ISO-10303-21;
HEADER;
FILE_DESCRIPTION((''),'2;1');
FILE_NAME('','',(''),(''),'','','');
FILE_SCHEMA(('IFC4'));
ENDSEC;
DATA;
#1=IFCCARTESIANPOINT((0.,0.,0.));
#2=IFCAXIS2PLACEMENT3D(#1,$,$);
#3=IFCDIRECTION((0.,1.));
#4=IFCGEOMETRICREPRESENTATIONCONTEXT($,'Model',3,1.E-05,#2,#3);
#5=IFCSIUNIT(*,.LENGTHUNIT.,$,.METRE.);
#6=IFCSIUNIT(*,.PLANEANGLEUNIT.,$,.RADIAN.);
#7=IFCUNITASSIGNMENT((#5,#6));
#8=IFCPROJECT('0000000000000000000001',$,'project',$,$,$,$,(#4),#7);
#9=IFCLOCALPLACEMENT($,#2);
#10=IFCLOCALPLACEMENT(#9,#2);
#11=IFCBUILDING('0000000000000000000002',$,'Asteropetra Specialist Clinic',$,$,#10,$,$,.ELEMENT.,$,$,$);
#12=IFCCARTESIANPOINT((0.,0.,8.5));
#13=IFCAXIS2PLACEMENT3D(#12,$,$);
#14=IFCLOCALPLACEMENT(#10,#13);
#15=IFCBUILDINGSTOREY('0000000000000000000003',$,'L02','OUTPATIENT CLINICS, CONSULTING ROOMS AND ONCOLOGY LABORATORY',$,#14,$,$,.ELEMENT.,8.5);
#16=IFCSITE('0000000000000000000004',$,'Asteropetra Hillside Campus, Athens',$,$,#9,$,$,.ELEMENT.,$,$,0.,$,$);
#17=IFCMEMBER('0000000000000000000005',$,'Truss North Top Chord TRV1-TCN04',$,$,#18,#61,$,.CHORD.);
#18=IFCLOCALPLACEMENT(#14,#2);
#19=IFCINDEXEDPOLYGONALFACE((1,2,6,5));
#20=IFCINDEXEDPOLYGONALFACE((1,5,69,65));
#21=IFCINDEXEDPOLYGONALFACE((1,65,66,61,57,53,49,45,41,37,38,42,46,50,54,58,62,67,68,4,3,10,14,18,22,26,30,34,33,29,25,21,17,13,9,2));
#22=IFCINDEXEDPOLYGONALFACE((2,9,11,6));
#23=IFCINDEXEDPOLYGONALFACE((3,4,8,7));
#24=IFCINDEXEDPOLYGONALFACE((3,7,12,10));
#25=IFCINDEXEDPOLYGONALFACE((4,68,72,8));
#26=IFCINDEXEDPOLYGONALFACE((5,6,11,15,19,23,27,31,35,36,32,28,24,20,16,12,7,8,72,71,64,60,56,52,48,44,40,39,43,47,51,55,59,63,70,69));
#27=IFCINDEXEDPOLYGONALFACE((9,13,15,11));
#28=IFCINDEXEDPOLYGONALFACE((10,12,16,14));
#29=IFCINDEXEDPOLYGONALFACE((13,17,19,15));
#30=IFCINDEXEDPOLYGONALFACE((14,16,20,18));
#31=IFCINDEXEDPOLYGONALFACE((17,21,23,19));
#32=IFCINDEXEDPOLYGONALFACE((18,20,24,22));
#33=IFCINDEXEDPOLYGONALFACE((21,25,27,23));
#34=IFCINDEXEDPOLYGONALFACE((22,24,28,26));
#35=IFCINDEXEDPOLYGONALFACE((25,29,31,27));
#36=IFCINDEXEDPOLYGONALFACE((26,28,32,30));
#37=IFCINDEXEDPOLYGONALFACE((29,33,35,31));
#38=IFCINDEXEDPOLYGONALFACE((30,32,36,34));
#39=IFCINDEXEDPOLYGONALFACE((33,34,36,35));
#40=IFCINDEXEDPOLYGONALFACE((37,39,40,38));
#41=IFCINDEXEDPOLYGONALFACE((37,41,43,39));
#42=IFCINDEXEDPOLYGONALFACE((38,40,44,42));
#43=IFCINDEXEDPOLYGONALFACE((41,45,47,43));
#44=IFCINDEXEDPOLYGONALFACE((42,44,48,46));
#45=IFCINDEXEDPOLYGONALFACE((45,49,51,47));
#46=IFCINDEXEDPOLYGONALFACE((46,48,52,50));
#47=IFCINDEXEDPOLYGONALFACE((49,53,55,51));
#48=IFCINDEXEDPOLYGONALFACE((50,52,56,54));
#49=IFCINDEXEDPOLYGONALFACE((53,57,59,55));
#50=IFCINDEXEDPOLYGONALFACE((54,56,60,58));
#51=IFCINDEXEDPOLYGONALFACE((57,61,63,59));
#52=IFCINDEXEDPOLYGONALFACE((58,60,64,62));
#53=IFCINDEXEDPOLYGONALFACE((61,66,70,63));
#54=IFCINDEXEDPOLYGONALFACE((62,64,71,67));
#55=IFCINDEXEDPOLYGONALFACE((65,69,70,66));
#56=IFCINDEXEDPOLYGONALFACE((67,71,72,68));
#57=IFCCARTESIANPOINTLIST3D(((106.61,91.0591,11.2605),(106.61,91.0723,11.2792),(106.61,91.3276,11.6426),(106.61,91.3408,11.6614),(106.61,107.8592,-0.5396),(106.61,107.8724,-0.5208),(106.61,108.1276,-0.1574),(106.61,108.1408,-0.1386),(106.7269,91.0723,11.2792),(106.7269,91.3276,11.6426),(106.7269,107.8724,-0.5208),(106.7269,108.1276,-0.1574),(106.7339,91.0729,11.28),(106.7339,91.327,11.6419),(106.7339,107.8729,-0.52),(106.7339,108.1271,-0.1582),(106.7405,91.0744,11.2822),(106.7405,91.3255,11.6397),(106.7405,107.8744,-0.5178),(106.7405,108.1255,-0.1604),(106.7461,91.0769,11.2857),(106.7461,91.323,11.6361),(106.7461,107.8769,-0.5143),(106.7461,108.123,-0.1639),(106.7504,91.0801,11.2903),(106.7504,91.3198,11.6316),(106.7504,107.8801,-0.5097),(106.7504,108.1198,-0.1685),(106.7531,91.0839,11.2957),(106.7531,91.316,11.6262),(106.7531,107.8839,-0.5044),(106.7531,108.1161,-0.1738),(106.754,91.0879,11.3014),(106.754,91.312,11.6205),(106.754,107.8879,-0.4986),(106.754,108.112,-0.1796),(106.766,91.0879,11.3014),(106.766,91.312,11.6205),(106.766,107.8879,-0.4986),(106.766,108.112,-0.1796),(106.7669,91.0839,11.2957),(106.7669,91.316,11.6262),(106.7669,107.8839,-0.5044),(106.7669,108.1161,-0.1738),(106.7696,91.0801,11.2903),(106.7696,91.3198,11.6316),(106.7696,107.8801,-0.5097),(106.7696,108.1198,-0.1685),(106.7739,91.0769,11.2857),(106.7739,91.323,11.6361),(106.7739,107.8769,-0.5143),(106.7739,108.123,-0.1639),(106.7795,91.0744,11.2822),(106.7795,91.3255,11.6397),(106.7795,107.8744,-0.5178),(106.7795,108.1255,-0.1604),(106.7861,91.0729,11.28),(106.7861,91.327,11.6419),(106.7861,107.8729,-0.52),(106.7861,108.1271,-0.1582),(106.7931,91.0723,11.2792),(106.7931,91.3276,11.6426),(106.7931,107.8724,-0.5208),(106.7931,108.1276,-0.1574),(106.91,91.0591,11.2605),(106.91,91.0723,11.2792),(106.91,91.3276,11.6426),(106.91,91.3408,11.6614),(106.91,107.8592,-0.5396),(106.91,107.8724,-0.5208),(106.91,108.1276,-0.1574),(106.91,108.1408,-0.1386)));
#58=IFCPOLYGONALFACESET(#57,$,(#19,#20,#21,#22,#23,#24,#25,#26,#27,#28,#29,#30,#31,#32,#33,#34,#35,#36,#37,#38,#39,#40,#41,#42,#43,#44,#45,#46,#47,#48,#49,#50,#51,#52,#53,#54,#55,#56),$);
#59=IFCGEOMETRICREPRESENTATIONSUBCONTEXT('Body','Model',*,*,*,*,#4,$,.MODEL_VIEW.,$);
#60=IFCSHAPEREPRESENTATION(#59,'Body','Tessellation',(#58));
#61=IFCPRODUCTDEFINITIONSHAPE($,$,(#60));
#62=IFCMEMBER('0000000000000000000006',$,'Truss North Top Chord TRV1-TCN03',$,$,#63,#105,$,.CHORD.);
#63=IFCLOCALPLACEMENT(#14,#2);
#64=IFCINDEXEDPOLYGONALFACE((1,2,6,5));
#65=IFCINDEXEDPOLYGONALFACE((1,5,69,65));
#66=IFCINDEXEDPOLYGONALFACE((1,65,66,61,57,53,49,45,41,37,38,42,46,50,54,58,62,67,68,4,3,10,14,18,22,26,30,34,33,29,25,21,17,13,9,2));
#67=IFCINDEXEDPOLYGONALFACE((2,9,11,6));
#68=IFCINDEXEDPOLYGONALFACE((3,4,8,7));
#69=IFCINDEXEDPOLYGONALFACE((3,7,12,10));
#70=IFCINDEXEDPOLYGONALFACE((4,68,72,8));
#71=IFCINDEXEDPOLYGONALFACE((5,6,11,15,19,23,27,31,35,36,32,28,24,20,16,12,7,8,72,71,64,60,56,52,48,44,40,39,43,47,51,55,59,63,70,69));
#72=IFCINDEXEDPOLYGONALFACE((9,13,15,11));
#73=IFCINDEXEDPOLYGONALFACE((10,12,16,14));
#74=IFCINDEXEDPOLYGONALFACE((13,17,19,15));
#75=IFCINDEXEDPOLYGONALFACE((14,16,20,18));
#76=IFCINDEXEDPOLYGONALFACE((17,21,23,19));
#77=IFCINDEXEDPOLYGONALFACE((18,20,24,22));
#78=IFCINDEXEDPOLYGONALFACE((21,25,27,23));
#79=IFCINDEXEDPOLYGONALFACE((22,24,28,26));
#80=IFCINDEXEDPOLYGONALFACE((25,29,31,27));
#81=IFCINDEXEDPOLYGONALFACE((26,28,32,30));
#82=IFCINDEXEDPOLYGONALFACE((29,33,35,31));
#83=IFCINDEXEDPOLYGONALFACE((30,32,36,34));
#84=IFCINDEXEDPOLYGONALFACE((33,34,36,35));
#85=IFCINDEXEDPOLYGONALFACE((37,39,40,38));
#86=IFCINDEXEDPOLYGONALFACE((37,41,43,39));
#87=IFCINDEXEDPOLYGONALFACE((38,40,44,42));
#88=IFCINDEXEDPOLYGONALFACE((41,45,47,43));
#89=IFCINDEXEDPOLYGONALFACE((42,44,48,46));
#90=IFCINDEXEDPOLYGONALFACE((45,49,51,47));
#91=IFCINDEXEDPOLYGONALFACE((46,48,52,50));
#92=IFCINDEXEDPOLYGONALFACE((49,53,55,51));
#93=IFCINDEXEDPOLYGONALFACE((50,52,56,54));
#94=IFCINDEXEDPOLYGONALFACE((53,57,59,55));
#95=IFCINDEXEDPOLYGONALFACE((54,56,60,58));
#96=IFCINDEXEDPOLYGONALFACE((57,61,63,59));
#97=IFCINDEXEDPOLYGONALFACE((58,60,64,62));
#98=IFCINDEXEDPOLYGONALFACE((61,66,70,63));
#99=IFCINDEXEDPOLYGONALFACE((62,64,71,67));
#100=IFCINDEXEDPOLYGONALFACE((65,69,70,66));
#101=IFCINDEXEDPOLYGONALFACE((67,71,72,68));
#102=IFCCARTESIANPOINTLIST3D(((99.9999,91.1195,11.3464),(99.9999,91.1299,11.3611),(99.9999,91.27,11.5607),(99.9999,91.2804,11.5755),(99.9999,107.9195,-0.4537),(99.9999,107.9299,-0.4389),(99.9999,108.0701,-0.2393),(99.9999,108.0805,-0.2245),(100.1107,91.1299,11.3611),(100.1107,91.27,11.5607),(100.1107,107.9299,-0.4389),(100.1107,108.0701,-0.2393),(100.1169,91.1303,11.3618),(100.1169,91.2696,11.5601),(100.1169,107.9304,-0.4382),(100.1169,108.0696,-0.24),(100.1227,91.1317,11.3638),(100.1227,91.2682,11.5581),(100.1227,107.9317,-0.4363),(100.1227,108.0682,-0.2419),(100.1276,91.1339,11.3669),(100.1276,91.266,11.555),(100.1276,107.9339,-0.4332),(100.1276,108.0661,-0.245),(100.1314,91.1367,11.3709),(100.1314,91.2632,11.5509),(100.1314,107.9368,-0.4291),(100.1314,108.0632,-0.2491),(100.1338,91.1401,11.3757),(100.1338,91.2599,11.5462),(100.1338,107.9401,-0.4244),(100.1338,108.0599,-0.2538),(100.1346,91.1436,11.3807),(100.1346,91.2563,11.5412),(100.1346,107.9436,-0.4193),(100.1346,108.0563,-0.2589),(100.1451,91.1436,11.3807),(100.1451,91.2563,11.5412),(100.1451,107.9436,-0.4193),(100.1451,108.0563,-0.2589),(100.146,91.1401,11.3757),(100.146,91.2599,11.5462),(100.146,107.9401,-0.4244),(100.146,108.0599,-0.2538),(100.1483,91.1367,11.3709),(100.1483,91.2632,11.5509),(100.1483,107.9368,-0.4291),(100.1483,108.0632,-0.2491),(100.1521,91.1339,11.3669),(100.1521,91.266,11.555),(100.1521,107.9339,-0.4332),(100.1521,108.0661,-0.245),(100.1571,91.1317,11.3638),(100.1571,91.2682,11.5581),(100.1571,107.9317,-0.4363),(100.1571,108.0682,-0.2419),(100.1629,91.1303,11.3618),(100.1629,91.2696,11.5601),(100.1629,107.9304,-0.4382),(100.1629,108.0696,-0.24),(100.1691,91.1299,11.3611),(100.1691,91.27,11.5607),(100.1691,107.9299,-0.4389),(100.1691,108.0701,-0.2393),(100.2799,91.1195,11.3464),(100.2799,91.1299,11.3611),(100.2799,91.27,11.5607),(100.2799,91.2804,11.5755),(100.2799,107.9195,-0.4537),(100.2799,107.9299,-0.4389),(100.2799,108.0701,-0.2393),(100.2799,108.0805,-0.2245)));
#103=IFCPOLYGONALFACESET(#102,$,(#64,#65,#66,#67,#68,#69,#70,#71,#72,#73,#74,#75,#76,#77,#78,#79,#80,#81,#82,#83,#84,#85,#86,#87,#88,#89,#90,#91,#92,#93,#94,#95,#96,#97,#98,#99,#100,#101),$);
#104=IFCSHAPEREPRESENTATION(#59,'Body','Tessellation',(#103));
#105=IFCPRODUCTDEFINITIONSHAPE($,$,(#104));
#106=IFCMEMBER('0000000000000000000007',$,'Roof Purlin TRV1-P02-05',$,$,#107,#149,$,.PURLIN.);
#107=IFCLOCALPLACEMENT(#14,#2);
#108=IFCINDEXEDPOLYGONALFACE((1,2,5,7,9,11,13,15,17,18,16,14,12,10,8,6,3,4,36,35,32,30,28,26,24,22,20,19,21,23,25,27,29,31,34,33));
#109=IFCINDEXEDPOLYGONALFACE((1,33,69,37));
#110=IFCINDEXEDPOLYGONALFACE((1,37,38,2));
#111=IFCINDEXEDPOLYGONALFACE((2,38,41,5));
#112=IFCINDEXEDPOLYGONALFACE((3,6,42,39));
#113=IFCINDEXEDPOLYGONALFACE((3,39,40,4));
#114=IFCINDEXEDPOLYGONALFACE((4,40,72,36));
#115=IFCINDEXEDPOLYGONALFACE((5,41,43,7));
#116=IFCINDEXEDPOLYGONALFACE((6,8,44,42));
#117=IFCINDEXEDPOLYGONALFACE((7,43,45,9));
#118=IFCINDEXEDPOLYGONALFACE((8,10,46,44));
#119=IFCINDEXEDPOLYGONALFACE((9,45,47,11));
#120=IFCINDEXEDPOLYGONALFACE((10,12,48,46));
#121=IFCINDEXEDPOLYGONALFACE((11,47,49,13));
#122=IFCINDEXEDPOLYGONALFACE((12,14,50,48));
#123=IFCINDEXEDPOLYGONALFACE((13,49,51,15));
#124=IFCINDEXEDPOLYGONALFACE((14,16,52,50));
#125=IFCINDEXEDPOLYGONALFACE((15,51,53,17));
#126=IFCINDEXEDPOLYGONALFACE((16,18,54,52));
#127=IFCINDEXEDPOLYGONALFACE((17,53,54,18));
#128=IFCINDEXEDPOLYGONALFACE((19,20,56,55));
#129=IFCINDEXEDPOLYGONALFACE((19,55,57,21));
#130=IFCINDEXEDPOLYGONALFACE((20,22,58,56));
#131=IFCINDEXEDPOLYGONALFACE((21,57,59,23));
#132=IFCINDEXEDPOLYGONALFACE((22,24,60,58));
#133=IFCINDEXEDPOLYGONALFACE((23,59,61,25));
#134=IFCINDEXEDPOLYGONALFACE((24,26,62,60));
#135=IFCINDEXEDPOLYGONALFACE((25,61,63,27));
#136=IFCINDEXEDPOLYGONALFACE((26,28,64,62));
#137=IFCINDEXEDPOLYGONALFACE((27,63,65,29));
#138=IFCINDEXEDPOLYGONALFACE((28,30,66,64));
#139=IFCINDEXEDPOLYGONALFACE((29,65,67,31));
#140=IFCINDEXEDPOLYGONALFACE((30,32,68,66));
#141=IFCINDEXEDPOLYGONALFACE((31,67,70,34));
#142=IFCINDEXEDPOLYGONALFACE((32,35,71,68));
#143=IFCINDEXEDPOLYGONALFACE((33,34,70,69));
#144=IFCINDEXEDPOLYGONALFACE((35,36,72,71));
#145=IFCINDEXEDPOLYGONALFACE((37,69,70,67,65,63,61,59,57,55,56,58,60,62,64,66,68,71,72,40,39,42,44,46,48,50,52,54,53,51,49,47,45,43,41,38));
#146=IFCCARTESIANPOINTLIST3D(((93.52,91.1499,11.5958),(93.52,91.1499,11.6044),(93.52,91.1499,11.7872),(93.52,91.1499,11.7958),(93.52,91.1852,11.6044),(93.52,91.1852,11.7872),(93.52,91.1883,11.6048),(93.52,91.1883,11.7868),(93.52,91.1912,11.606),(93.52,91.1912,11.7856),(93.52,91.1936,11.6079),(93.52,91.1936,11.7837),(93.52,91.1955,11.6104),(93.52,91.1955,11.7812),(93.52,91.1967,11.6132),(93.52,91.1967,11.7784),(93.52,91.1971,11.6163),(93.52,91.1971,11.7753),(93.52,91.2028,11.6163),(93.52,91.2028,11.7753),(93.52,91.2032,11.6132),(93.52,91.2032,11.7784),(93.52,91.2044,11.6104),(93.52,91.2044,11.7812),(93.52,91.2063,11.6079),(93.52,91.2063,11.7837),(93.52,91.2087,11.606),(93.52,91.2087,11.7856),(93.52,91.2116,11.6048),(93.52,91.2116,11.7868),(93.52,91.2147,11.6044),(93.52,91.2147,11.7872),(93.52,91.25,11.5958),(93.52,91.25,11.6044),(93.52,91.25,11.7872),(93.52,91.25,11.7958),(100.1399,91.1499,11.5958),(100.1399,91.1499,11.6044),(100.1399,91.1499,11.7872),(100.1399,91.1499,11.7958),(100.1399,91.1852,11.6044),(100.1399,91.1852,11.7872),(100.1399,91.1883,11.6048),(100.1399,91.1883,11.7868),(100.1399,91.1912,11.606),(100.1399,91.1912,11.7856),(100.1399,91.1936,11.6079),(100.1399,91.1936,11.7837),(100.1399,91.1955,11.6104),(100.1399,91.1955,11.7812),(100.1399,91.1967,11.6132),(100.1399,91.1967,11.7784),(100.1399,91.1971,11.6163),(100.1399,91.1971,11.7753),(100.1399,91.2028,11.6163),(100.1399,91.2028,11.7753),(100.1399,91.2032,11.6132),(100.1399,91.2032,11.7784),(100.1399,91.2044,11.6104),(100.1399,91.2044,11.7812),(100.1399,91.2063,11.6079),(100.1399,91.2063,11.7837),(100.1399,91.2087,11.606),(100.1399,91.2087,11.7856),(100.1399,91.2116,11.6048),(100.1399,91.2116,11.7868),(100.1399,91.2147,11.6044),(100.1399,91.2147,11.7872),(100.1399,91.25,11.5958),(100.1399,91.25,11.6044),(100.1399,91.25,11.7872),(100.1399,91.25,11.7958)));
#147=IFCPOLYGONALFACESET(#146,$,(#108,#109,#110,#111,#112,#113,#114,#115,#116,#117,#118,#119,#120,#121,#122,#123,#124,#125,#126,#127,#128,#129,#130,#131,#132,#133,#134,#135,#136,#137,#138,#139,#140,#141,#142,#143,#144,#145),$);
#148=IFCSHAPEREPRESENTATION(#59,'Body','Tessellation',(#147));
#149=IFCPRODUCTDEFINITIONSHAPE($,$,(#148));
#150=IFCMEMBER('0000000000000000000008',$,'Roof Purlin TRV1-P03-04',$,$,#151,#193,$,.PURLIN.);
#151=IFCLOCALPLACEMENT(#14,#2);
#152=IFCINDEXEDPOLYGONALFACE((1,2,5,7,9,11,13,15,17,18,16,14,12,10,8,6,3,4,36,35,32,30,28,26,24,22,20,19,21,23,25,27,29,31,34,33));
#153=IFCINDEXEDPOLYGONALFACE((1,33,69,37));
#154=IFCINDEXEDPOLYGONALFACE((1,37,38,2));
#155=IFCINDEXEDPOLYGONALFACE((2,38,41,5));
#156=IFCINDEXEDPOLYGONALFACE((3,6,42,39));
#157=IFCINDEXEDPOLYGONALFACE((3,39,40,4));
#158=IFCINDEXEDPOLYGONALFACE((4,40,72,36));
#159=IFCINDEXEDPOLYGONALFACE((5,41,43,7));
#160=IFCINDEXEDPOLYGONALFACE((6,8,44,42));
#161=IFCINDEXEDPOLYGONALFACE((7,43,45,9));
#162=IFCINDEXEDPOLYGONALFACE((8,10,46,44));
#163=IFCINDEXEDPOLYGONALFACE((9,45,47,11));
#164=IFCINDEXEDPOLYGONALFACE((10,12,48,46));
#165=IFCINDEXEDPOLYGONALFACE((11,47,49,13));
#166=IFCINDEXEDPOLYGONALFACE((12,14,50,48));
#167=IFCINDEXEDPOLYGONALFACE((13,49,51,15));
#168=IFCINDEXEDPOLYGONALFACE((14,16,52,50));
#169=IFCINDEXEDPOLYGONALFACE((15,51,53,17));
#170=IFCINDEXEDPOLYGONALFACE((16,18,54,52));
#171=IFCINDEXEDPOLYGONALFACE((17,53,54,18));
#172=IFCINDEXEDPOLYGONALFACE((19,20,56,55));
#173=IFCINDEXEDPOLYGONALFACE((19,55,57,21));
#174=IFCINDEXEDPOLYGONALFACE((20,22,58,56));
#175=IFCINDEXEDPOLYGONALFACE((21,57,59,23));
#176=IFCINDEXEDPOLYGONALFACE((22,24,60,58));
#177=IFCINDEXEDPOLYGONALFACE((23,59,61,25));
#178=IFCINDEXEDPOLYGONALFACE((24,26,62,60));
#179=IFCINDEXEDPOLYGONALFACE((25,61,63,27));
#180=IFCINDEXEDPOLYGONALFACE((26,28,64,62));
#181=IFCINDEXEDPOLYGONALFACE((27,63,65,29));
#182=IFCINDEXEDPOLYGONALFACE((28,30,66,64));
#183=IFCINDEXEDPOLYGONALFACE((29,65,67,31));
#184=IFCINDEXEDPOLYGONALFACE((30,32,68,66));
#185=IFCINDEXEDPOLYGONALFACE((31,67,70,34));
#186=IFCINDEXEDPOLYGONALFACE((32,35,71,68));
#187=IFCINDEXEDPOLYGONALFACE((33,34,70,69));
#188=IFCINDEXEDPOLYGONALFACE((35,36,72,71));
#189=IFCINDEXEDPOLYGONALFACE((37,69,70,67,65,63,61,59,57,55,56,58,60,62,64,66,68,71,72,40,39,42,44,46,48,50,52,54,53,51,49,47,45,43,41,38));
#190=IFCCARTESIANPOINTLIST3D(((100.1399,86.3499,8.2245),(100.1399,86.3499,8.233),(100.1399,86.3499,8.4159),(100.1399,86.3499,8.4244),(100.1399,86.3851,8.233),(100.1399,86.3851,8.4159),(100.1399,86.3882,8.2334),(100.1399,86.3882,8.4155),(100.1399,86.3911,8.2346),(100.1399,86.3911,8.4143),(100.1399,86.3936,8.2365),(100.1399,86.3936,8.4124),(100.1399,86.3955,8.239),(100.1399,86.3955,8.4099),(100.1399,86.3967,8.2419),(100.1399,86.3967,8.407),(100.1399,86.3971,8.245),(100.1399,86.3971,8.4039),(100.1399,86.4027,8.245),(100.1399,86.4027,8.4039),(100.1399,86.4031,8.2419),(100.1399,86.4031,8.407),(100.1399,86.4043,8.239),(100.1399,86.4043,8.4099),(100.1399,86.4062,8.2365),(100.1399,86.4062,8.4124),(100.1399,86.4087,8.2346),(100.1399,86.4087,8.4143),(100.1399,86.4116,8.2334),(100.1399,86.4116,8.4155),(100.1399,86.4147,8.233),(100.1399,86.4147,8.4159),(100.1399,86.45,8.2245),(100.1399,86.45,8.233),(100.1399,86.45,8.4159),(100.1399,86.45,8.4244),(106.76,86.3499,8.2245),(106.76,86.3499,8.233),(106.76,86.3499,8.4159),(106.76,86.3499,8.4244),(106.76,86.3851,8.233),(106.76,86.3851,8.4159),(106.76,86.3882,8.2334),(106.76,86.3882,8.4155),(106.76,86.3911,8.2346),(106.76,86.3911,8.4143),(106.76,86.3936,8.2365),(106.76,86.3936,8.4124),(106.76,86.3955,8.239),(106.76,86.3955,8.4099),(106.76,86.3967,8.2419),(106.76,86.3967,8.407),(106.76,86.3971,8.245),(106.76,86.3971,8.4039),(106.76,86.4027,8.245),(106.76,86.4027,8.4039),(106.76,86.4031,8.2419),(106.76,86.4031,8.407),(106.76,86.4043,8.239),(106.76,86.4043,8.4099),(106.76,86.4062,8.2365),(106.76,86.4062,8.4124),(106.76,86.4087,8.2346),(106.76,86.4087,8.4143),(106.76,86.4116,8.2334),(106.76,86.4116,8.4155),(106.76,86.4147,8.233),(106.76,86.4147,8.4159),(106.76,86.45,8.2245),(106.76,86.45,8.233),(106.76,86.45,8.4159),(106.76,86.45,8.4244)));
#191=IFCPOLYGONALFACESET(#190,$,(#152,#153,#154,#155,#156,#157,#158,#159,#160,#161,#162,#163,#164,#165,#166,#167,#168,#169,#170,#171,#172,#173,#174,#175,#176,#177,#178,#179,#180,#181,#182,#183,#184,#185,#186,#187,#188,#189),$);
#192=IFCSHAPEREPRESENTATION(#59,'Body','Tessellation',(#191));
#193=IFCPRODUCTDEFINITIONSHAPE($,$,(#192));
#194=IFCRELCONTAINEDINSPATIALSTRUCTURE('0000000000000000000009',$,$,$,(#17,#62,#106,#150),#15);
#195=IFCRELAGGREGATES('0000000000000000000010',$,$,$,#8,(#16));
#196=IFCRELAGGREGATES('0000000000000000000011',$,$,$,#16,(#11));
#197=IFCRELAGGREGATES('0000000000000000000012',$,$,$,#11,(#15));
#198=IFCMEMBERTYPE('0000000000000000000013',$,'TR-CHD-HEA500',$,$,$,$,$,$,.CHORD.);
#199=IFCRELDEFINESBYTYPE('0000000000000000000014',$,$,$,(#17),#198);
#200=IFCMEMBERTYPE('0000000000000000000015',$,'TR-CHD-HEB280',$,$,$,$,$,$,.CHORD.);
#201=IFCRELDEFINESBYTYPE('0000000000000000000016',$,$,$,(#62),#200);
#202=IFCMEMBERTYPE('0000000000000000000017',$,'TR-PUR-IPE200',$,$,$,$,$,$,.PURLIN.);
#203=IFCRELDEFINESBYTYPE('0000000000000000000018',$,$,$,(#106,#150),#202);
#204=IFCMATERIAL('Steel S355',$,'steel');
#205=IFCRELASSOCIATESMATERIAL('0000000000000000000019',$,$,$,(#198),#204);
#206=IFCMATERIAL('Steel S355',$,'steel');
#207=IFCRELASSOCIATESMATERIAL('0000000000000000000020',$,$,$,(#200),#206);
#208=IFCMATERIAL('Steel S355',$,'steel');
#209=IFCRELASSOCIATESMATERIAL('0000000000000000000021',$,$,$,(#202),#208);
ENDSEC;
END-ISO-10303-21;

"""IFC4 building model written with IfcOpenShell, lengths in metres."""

from ifc_helpers import new_model, si_unit, direction, frame, origin, origin_2d, place, context, subcontext, project, spatial, i_section, extrude, material, material_profile, profile_set, type_object, element, save


model = new_model("IFC4")

# Units and contexts
model_context = context("Model", 3, precision=1e-05, world=origin(), true_north=direction((0.0, 1.0)))
body_context = subcontext(model_context, "Body", "Model", "MODEL_VIEW")
ifc_project = project(units=[si_unit("LENGTHUNIT", "METRE"), si_unit("PLANEANGLEUNIT", "RADIAN")], contexts=[model_context])

# Site, building, storey
site_placement = place(None, origin())
site = spatial("IfcSite", under=ifc_project, at=site_placement, Name="Asteropetra Hillside Campus, Athens", CompositionType="ELEMENT", RefElevation=0.0)
building_placement = place(site_placement, origin())
building = spatial("IfcBuilding", under=site, at=building_placement, Name="Asteropetra Specialist Clinic", CompositionType="ELEMENT")
storey_placement = place(building_placement, frame((0.0, 0.0, 8.5)))
storey = spatial("IfcBuildingStorey", under=building, at=storey_placement, Name="L02", Description="OUTPATIENT CLINICS, CONSULTING ROOMS AND ONCOLOGY LABORATORY", CompositionType="ELEMENT", Elevation=8.5)

# Members
ifc_material_1 = material(Name="Steel S355", Category="steel")
ifc_material_profile_1 = material_profile(ifc_material_1, i_section(OverallWidth=0.3, OverallDepth=0.49, WebThickness=0.012, FlangeThickness=0.0229, FilletRadius=0.0271, at=origin_2d()), Name="HEA 500")
ifc_profile_set_1 = profile_set([ifc_material_profile_1], Name="Steel S355")
member_type_1 = type_object("IfcMemberType", Name="TR-CHD-HEA500", PredefinedType="CHORD", material=ifc_profile_set_1)
member_1_placement = place(storey_placement, frame((106.76, 91.2, 11.4609), z_axis=(0.0, 0.818315, -0.57477), x_axis=(-1.0, 0.0, 0.0)))
element("IfcMember", 1, at=member_1_placement, inside=storey, type_object=member_type_1, Name="Truss North Top Chord TRV1-TCN04", PredefinedType="CHORD", context=body_context, shape_type="SweptSolid", body=[
    extrude(i_section(OverallWidth=0.3, OverallDepth=0.49, WebThickness=0.012, FlangeThickness=0.0229, FilletRadius=0.0271, at=origin_2d()), origin(), (0.0, 0.0, 1.0), 20.53),
])
ifc_material_2 = material(Name="Steel S355", Category="steel")
ifc_material_profile_2 = material_profile(ifc_material_2, i_section(OverallWidth=0.28, OverallDepth=0.28, WebThickness=0.0105, FlangeThickness=0.0181, FilletRadius=0.0239, at=origin_2d()), Name="HEB 280")
ifc_profile_set_2 = profile_set([ifc_material_profile_2], Name="Steel S355")
member_type_2 = type_object("IfcMemberType", Name="TR-CHD-HEB280", PredefinedType="CHORD", material=ifc_profile_set_2)
member_2_placement = place(storey_placement, frame((100.1399, 91.2, 11.4609), z_axis=(0.0, 0.818315, -0.57477), x_axis=(-1.0, 0.0, 0.0)))
element("IfcMember", 2, at=member_2_placement, inside=storey, type_object=member_type_2, Name="Truss North Top Chord TRV1-TCN03", PredefinedType="CHORD", context=body_context, shape_type="SweptSolid", body=[
    extrude(i_section(OverallWidth=0.28, OverallDepth=0.28, WebThickness=0.0105, FlangeThickness=0.0181, FilletRadius=0.0239, at=origin_2d()), origin(), (0.0, 0.0, 1.0), 20.53),
])
ifc_material_3 = material(Name="Steel S355", Category="steel")
ifc_material_profile_3 = material_profile(ifc_material_3, i_section(OverallWidth=0.1001, OverallDepth=0.2, WebThickness=0.0056, FlangeThickness=0.0085, FilletRadius=0.012, at=origin_2d()), Name="IPE 200")
ifc_profile_set_3 = profile_set([ifc_material_profile_3], Name="Steel S355")
member_type_3 = type_object("IfcMemberType", Name="TR-PUR-IPE200", PredefinedType="PURLIN", material=ifc_profile_set_3)
member_3_placement = place(storey_placement, frame((93.52, 91.2, 11.6958), z_axis=(1.0, 0.0, 0.0), x_axis=(0.0, 1.0, 0.0)))
element("IfcMember", 3, at=member_3_placement, inside=storey, type_object=member_type_3, Name="Roof Purlin TRV1-P02-05", PredefinedType="PURLIN", context=body_context, shape_type="SweptSolid", body=[
    extrude(i_section(OverallWidth=0.1001, OverallDepth=0.2, WebThickness=0.0056, FlangeThickness=0.0085, FilletRadius=0.012, at=origin_2d()), origin(), (0.0, 0.0, 1.0), 6.6199),
])
member_4_placement = place(storey_placement, frame((100.1399, 86.3999, 8.3245), z_axis=(1.0, 0.0, 0.0), x_axis=(0.0, 1.0, 0.0)))
element("IfcMember", 4, at=member_4_placement, inside=storey, type_object=member_type_3, Name="Roof Purlin TRV1-P03-04", PredefinedType="PURLIN", context=body_context, shape_type="SweptSolid", body=[
    extrude(i_section(OverallWidth=0.1001, OverallDepth=0.2, WebThickness=0.0056, FlangeThickness=0.0085, FilletRadius=0.012, at=origin_2d()), origin(), (0.0, 0.0, 1.0), 6.6201),
])

save(model, "model.ifc")
